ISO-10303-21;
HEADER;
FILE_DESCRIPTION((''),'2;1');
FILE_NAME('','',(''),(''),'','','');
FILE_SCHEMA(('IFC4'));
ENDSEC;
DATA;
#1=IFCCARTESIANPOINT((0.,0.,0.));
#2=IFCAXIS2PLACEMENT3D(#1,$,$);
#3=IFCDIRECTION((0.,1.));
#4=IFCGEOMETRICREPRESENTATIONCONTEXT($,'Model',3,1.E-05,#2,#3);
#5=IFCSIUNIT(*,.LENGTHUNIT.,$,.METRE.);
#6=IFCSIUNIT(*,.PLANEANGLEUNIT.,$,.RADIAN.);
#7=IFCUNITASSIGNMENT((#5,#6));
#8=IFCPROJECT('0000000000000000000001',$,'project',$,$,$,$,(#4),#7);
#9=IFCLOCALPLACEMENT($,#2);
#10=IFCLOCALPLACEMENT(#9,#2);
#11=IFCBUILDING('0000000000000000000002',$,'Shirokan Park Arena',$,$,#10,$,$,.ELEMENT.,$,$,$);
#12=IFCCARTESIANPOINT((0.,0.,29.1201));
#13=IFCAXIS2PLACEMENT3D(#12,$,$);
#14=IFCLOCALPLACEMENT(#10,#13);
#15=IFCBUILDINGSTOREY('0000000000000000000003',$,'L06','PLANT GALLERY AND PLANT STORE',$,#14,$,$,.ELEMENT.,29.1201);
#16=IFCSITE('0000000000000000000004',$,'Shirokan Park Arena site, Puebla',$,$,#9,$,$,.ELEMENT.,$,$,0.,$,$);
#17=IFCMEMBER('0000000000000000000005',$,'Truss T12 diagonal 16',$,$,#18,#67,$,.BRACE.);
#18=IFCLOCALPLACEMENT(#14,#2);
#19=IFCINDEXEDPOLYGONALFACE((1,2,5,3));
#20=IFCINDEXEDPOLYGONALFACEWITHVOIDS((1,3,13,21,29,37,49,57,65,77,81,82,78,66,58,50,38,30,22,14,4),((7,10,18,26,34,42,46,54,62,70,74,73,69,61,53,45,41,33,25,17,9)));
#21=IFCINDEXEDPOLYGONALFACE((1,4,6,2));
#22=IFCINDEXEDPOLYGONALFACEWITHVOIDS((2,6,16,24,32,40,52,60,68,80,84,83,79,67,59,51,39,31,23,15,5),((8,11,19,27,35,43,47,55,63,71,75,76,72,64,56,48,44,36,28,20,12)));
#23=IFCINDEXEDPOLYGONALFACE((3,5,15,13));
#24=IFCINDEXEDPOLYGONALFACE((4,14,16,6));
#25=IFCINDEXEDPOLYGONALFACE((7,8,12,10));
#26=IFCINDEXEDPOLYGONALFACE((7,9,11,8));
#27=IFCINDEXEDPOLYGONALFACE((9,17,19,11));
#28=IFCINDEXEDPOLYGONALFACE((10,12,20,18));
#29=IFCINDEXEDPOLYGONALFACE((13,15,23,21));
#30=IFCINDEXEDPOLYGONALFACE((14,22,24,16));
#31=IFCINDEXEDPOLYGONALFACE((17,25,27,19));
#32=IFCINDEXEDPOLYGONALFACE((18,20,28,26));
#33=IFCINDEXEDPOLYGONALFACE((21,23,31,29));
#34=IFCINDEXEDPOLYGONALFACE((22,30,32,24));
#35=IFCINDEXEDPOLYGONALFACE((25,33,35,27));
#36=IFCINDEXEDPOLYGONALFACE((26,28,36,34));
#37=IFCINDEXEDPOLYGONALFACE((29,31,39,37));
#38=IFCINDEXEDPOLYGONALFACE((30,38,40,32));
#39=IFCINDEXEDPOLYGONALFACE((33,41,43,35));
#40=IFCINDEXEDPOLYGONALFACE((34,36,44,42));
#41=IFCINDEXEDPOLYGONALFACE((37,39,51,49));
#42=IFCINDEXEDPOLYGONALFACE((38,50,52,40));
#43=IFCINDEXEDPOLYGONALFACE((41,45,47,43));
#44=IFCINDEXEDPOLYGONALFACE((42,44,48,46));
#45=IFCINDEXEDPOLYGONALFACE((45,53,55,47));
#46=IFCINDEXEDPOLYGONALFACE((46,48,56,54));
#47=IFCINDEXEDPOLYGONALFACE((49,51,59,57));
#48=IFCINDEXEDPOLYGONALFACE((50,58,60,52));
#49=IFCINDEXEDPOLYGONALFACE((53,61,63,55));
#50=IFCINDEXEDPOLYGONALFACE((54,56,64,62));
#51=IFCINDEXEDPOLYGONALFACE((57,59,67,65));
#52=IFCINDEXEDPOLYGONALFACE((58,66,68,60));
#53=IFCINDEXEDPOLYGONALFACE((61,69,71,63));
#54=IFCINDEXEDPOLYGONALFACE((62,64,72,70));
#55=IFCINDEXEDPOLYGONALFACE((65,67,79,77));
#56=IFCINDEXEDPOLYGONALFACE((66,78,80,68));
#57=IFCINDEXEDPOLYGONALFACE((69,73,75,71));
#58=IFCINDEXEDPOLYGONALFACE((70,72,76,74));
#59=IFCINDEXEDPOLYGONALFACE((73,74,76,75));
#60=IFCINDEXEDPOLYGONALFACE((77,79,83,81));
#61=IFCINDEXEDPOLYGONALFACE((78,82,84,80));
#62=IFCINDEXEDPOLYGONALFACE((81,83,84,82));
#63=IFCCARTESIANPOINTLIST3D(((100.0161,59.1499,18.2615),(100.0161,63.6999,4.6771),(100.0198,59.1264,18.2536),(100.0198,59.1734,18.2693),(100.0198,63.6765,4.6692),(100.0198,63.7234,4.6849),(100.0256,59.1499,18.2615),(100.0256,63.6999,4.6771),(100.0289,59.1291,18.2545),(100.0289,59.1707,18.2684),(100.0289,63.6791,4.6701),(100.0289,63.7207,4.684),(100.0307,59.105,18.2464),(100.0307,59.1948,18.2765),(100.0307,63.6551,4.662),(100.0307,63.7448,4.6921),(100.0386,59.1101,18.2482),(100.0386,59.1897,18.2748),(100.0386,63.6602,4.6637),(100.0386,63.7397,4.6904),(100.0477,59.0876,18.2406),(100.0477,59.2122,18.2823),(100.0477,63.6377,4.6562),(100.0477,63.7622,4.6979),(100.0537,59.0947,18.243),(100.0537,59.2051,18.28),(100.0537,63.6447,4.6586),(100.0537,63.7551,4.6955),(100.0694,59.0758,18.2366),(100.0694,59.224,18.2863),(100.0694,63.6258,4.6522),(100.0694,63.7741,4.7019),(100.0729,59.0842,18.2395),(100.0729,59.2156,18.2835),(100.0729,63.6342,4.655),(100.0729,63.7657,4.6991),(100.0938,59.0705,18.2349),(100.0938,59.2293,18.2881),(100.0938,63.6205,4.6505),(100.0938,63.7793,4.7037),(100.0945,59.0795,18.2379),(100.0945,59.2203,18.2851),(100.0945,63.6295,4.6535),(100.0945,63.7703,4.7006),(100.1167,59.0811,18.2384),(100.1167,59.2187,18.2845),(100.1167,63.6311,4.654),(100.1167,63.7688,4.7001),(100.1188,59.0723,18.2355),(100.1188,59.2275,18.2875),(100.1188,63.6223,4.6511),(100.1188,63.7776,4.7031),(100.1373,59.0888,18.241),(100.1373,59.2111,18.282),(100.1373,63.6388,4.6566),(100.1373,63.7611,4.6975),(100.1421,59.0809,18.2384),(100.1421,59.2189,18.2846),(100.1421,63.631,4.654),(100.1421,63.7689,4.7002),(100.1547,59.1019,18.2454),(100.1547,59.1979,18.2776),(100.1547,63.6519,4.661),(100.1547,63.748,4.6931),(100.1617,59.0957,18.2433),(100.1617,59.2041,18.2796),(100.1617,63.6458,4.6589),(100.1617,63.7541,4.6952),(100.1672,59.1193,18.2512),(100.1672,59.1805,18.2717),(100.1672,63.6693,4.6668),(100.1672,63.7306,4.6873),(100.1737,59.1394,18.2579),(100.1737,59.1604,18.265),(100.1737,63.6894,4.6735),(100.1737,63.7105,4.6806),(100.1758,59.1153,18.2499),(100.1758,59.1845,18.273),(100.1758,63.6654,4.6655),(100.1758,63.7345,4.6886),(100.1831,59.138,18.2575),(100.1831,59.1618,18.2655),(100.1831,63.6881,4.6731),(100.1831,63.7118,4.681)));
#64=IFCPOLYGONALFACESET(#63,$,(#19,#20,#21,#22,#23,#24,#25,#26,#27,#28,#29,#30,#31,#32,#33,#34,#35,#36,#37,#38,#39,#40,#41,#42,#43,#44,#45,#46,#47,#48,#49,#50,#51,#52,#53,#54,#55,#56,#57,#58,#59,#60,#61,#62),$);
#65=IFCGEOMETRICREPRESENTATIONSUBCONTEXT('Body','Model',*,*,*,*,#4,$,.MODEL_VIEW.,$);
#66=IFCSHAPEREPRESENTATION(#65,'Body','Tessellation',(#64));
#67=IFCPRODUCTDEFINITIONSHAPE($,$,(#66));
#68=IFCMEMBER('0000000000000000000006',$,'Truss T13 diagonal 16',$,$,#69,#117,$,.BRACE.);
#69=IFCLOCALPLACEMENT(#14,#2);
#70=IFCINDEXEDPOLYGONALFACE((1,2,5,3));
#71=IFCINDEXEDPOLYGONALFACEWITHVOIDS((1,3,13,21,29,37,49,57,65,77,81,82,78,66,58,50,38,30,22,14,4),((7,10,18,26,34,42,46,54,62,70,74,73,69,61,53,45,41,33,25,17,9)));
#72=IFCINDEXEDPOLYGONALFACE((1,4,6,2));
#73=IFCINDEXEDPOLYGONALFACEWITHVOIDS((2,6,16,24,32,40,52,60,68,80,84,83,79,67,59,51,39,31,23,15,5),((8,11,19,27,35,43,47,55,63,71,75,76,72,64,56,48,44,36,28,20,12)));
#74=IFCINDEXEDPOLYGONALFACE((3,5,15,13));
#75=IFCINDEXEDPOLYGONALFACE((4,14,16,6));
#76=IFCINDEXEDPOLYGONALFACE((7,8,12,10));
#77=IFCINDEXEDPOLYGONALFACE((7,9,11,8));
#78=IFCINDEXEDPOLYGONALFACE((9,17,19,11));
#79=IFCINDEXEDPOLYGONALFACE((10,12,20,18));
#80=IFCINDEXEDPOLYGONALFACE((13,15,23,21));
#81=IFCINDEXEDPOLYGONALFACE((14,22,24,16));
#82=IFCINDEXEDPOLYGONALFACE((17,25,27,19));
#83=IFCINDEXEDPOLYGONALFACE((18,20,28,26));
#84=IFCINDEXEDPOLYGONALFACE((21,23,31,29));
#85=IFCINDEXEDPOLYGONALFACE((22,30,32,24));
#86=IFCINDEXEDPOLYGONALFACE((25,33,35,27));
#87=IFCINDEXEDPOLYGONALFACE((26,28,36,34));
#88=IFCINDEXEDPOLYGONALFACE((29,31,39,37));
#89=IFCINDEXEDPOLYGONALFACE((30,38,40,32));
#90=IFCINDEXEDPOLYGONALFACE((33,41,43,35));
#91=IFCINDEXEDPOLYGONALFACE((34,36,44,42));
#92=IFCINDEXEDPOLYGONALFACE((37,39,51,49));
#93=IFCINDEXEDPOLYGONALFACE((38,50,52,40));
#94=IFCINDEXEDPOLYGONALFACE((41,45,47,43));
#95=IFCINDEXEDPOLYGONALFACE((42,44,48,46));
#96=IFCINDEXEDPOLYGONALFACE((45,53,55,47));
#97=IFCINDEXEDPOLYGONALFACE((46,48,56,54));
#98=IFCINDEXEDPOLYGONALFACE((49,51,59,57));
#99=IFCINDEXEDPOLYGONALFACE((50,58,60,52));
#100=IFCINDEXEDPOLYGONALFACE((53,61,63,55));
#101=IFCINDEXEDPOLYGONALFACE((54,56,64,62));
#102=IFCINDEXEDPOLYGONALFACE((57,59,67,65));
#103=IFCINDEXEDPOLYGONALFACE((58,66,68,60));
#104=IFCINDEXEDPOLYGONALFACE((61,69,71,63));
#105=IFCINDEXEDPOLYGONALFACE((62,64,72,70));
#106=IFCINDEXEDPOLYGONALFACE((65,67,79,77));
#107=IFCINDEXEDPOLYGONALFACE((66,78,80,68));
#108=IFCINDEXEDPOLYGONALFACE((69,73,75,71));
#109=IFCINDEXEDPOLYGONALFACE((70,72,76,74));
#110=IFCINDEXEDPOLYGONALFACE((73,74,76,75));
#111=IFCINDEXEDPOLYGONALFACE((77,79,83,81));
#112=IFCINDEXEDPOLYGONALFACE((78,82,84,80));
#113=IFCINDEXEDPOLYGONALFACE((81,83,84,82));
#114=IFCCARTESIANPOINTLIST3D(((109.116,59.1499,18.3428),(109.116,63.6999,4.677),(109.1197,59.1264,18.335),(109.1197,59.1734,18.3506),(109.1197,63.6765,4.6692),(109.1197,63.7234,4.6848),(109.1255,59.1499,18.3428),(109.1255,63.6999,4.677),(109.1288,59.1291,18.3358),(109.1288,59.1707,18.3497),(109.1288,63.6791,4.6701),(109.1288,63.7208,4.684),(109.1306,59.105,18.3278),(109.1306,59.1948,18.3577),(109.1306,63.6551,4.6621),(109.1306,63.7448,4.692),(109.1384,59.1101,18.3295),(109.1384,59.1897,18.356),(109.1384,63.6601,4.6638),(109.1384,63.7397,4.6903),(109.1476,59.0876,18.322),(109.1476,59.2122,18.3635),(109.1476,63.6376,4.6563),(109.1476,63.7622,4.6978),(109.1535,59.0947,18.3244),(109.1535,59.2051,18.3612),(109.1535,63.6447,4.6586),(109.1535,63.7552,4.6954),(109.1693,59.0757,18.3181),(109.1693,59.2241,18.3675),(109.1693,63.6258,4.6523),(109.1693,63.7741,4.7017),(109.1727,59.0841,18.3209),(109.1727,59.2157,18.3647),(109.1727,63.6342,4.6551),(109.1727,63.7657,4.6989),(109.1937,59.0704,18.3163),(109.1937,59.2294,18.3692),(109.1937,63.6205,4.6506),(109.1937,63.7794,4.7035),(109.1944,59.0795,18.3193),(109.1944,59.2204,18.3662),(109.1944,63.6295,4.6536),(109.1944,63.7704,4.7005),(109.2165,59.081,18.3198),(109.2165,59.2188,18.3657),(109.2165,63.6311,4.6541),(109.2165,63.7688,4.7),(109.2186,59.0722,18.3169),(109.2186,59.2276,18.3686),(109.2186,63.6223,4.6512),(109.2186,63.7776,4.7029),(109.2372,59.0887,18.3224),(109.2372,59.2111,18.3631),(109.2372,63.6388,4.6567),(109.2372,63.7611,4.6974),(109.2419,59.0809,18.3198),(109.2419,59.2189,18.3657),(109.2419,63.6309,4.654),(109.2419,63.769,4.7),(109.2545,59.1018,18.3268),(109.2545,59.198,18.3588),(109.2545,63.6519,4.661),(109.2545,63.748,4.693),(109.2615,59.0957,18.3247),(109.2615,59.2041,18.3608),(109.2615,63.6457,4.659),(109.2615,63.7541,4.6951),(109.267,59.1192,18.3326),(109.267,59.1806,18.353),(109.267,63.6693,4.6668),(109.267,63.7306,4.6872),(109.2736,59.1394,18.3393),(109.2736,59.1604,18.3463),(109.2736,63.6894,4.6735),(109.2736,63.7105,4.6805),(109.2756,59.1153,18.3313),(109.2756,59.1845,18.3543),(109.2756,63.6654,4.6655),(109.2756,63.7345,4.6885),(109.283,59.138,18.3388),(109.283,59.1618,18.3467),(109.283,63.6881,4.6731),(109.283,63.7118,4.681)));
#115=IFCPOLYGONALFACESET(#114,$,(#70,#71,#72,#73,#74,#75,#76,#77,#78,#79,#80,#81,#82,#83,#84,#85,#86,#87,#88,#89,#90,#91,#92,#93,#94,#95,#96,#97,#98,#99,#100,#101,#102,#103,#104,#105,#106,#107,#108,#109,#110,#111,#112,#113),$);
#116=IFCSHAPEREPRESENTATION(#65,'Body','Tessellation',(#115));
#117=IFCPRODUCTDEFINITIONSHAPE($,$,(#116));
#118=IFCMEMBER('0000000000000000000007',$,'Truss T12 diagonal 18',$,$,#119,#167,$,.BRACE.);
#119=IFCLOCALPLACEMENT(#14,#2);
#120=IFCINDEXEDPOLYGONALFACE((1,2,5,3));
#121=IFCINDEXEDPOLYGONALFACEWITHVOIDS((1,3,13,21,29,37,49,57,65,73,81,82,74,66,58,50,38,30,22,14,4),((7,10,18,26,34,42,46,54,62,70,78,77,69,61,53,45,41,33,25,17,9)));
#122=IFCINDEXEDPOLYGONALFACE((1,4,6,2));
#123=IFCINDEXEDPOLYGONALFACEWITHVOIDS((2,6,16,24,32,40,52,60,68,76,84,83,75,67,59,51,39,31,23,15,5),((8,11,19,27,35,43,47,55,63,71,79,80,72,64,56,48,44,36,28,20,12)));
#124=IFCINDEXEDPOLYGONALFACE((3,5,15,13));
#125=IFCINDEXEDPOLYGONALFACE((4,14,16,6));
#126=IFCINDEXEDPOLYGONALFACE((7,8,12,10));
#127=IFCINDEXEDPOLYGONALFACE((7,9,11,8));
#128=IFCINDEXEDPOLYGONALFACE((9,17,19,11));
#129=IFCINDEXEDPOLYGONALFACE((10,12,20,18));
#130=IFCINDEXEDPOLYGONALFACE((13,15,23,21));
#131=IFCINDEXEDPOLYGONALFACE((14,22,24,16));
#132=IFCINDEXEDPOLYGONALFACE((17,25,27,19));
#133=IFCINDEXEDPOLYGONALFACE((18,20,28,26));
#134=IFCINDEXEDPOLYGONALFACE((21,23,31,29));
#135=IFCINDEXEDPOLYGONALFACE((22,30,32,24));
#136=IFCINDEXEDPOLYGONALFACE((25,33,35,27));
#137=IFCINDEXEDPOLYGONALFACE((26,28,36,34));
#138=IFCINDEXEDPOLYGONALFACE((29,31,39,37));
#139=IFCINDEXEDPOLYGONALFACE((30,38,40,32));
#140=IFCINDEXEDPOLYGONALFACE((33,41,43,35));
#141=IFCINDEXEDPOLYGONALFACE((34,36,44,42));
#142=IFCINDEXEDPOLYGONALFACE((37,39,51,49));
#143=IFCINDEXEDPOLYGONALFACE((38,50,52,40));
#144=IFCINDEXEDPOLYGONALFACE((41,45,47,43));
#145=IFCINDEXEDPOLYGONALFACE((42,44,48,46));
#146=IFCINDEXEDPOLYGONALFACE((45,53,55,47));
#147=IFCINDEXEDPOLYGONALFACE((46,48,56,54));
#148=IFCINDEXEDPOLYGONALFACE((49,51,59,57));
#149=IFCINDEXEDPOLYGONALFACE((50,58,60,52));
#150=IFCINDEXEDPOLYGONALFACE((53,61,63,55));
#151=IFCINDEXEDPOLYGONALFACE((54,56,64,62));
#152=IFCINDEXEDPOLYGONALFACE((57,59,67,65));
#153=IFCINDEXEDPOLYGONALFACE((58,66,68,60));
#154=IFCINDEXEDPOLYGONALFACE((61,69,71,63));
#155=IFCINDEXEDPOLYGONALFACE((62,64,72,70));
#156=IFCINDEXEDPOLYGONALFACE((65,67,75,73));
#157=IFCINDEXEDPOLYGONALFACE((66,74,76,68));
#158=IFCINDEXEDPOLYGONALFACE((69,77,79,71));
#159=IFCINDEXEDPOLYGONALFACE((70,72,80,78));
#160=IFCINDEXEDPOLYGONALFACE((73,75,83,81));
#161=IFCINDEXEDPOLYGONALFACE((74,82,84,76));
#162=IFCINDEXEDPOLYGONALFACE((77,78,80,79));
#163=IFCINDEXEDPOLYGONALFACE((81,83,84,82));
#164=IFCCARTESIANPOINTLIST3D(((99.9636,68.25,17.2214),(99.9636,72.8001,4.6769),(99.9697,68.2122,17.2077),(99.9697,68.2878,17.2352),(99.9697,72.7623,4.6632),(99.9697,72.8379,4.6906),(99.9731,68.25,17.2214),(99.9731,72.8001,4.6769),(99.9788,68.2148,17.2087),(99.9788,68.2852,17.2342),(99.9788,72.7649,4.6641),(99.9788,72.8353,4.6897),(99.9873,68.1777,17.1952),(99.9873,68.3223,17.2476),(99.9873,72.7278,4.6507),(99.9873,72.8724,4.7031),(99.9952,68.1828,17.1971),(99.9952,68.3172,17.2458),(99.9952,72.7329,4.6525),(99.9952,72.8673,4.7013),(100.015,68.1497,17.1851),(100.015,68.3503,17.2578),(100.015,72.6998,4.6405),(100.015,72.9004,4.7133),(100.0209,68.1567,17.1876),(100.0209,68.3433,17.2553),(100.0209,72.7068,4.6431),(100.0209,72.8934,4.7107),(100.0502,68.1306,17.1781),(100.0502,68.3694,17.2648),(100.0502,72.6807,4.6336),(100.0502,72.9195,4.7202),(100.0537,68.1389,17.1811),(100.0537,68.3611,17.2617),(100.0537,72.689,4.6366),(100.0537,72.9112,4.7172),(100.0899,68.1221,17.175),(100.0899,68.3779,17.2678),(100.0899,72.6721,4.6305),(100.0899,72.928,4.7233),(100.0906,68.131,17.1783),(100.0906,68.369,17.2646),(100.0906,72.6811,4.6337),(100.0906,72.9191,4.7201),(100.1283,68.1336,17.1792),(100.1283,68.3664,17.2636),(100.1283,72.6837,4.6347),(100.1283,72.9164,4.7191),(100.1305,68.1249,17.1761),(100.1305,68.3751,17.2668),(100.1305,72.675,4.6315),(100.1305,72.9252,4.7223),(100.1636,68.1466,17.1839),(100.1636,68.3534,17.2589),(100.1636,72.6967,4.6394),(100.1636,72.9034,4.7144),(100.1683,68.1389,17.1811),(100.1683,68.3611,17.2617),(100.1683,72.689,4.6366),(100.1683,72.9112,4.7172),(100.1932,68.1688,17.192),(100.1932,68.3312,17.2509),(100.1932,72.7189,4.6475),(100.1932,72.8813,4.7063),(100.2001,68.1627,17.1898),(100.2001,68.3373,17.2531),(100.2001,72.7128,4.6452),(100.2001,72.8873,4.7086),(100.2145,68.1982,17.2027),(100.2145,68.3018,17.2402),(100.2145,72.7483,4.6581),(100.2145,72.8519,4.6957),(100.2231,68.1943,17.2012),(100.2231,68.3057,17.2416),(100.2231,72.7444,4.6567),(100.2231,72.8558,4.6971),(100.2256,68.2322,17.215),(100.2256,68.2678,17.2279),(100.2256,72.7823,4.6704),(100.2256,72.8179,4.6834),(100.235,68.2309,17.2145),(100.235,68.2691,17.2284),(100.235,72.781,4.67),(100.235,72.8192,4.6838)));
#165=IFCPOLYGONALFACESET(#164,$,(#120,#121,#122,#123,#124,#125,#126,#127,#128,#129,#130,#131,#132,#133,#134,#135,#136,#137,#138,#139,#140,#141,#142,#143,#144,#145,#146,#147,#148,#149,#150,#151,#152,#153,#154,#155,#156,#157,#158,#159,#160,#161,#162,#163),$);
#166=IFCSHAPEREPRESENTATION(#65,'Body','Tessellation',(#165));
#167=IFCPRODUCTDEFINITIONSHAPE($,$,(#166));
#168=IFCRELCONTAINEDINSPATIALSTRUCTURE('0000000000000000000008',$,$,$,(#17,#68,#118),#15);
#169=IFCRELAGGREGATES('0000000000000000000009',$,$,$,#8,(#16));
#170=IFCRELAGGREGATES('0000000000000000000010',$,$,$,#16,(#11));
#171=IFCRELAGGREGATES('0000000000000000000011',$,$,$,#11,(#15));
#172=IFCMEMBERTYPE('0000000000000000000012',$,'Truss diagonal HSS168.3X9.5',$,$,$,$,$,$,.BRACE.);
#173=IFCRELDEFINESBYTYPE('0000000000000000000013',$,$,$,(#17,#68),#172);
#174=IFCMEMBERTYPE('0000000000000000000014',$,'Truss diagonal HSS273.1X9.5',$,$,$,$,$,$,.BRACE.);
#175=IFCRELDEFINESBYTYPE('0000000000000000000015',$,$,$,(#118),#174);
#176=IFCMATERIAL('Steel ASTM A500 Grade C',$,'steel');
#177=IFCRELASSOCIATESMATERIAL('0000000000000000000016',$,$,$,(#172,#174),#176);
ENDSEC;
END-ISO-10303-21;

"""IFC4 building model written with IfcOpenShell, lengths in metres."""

from ifc_helpers import new_model, si_unit, direction, frame, origin, origin_2d, place, context, subcontext, project, spatial, hollow_circle, extrude, material, material_profile, profile_set, type_object, element, save


model = new_model("IFC4")

# Units and contexts
model_context = context("Model", 3, precision=1e-05, world=origin(), true_north=direction((0.0, 1.0)))
body_context = subcontext(model_context, "Body", "Model", "MODEL_VIEW")
ifc_project = project(units=[si_unit("LENGTHUNIT", "METRE"), si_unit("PLANEANGLEUNIT", "RADIAN")], contexts=[model_context])

# Site, building, storey
site_placement = place(None, origin())
site = spatial("IfcSite", under=ifc_project, at=site_placement, Name="Shirokan Park Arena site, Puebla", CompositionType="ELEMENT", RefElevation=0.0)
building_placement = place(site_placement, origin())
building = spatial("IfcBuilding", under=site, at=building_placement, Name="Shirokan Park Arena", CompositionType="ELEMENT")
storey_placement = place(building_placement, frame((0.0, 0.0, 29.1201)))
storey = spatial("IfcBuildingStorey", under=building, at=storey_placement, Name="L06", Description="PLANT GALLERY AND PLANT STORE", CompositionType="ELEMENT", Elevation=29.1201)

# Members
ifc_material_1 = material(Name="Steel ASTM A500 Grade C", Category="steel")
ifc_material_profile_1 = material_profile(ifc_material_1, hollow_circle(Radius=0.084, WallThickness=0.0095, at=origin_2d()), Name="HSS168.3X9.5")
ifc_profile_set_1 = profile_set([ifc_material_profile_1], Name="Steel ASTM A500 Grade C")
member_type_1 = type_object("IfcMemberType", Name="Truss diagonal HSS168.3X9.5", PredefinedType="BRACE", material=ifc_profile_set_1)
member_1_placement = place(storey_placement, frame((100.1001, 59.1499, 18.2615), z_axis=(0.0, 0.317603, -0.948224), x_axis=(-1.0, 0.0, 0.0)))
element("IfcMember", 1, at=member_1_placement, inside=storey, type_object=member_type_1, Name="Truss T12 diagonal 16", PredefinedType="BRACE", context=body_context, shape_type="SweptSolid", body=[
    extrude(hollow_circle(Radius=0.084, WallThickness=0.0095, at=origin_2d()), origin(), (0.0, 0.0, 1.0), 14.3262),
])
member_2_placement = place(storey_placement, frame((109.2, 59.1499, 18.3428), z_axis=(0.0, 0.315902, -0.948792), x_axis=(-1.0, 0.0, 0.0)))
element("IfcMember", 2, at=member_2_placement, inside=storey, type_object=member_type_1, Name="Truss T13 diagonal 16", PredefinedType="BRACE", context=body_context, shape_type="SweptSolid", body=[
    extrude(hollow_circle(Radius=0.084, WallThickness=0.0095, at=origin_2d()), origin(), (0.0, 0.0, 1.0), 14.4033),
])
ifc_material_profile_2 = material_profile(ifc_material_1, hollow_circle(Radius=0.1365, WallThickness=0.0095, at=origin_2d()), Name="HSS273.1X9.5")
ifc_profile_set_2 = profile_set([ifc_material_profile_2], Name="Steel ASTM A500 Grade C")
member_type_2 = type_object("IfcMemberType", Name="Truss diagonal HSS273.1X9.5", PredefinedType="BRACE", material=ifc_profile_set_2)
member_3_placement = place(storey_placement, frame((100.1001, 68.25, 17.2214), z_axis=(0.0, 0.340978, -0.940071), x_axis=(-1.0, 0.0, 0.0)))
element("IfcMember", 3, at=member_3_placement, inside=storey, type_object=member_type_2, Name="Truss T12 diagonal 18", PredefinedType="BRACE", context=body_context, shape_type="SweptSolid", body=[
    extrude(hollow_circle(Radius=0.1365, WallThickness=0.0095, at=origin_2d()), origin(), (0.0, 0.0, 1.0), 13.3442),
])

save(model, "model.ifc")
